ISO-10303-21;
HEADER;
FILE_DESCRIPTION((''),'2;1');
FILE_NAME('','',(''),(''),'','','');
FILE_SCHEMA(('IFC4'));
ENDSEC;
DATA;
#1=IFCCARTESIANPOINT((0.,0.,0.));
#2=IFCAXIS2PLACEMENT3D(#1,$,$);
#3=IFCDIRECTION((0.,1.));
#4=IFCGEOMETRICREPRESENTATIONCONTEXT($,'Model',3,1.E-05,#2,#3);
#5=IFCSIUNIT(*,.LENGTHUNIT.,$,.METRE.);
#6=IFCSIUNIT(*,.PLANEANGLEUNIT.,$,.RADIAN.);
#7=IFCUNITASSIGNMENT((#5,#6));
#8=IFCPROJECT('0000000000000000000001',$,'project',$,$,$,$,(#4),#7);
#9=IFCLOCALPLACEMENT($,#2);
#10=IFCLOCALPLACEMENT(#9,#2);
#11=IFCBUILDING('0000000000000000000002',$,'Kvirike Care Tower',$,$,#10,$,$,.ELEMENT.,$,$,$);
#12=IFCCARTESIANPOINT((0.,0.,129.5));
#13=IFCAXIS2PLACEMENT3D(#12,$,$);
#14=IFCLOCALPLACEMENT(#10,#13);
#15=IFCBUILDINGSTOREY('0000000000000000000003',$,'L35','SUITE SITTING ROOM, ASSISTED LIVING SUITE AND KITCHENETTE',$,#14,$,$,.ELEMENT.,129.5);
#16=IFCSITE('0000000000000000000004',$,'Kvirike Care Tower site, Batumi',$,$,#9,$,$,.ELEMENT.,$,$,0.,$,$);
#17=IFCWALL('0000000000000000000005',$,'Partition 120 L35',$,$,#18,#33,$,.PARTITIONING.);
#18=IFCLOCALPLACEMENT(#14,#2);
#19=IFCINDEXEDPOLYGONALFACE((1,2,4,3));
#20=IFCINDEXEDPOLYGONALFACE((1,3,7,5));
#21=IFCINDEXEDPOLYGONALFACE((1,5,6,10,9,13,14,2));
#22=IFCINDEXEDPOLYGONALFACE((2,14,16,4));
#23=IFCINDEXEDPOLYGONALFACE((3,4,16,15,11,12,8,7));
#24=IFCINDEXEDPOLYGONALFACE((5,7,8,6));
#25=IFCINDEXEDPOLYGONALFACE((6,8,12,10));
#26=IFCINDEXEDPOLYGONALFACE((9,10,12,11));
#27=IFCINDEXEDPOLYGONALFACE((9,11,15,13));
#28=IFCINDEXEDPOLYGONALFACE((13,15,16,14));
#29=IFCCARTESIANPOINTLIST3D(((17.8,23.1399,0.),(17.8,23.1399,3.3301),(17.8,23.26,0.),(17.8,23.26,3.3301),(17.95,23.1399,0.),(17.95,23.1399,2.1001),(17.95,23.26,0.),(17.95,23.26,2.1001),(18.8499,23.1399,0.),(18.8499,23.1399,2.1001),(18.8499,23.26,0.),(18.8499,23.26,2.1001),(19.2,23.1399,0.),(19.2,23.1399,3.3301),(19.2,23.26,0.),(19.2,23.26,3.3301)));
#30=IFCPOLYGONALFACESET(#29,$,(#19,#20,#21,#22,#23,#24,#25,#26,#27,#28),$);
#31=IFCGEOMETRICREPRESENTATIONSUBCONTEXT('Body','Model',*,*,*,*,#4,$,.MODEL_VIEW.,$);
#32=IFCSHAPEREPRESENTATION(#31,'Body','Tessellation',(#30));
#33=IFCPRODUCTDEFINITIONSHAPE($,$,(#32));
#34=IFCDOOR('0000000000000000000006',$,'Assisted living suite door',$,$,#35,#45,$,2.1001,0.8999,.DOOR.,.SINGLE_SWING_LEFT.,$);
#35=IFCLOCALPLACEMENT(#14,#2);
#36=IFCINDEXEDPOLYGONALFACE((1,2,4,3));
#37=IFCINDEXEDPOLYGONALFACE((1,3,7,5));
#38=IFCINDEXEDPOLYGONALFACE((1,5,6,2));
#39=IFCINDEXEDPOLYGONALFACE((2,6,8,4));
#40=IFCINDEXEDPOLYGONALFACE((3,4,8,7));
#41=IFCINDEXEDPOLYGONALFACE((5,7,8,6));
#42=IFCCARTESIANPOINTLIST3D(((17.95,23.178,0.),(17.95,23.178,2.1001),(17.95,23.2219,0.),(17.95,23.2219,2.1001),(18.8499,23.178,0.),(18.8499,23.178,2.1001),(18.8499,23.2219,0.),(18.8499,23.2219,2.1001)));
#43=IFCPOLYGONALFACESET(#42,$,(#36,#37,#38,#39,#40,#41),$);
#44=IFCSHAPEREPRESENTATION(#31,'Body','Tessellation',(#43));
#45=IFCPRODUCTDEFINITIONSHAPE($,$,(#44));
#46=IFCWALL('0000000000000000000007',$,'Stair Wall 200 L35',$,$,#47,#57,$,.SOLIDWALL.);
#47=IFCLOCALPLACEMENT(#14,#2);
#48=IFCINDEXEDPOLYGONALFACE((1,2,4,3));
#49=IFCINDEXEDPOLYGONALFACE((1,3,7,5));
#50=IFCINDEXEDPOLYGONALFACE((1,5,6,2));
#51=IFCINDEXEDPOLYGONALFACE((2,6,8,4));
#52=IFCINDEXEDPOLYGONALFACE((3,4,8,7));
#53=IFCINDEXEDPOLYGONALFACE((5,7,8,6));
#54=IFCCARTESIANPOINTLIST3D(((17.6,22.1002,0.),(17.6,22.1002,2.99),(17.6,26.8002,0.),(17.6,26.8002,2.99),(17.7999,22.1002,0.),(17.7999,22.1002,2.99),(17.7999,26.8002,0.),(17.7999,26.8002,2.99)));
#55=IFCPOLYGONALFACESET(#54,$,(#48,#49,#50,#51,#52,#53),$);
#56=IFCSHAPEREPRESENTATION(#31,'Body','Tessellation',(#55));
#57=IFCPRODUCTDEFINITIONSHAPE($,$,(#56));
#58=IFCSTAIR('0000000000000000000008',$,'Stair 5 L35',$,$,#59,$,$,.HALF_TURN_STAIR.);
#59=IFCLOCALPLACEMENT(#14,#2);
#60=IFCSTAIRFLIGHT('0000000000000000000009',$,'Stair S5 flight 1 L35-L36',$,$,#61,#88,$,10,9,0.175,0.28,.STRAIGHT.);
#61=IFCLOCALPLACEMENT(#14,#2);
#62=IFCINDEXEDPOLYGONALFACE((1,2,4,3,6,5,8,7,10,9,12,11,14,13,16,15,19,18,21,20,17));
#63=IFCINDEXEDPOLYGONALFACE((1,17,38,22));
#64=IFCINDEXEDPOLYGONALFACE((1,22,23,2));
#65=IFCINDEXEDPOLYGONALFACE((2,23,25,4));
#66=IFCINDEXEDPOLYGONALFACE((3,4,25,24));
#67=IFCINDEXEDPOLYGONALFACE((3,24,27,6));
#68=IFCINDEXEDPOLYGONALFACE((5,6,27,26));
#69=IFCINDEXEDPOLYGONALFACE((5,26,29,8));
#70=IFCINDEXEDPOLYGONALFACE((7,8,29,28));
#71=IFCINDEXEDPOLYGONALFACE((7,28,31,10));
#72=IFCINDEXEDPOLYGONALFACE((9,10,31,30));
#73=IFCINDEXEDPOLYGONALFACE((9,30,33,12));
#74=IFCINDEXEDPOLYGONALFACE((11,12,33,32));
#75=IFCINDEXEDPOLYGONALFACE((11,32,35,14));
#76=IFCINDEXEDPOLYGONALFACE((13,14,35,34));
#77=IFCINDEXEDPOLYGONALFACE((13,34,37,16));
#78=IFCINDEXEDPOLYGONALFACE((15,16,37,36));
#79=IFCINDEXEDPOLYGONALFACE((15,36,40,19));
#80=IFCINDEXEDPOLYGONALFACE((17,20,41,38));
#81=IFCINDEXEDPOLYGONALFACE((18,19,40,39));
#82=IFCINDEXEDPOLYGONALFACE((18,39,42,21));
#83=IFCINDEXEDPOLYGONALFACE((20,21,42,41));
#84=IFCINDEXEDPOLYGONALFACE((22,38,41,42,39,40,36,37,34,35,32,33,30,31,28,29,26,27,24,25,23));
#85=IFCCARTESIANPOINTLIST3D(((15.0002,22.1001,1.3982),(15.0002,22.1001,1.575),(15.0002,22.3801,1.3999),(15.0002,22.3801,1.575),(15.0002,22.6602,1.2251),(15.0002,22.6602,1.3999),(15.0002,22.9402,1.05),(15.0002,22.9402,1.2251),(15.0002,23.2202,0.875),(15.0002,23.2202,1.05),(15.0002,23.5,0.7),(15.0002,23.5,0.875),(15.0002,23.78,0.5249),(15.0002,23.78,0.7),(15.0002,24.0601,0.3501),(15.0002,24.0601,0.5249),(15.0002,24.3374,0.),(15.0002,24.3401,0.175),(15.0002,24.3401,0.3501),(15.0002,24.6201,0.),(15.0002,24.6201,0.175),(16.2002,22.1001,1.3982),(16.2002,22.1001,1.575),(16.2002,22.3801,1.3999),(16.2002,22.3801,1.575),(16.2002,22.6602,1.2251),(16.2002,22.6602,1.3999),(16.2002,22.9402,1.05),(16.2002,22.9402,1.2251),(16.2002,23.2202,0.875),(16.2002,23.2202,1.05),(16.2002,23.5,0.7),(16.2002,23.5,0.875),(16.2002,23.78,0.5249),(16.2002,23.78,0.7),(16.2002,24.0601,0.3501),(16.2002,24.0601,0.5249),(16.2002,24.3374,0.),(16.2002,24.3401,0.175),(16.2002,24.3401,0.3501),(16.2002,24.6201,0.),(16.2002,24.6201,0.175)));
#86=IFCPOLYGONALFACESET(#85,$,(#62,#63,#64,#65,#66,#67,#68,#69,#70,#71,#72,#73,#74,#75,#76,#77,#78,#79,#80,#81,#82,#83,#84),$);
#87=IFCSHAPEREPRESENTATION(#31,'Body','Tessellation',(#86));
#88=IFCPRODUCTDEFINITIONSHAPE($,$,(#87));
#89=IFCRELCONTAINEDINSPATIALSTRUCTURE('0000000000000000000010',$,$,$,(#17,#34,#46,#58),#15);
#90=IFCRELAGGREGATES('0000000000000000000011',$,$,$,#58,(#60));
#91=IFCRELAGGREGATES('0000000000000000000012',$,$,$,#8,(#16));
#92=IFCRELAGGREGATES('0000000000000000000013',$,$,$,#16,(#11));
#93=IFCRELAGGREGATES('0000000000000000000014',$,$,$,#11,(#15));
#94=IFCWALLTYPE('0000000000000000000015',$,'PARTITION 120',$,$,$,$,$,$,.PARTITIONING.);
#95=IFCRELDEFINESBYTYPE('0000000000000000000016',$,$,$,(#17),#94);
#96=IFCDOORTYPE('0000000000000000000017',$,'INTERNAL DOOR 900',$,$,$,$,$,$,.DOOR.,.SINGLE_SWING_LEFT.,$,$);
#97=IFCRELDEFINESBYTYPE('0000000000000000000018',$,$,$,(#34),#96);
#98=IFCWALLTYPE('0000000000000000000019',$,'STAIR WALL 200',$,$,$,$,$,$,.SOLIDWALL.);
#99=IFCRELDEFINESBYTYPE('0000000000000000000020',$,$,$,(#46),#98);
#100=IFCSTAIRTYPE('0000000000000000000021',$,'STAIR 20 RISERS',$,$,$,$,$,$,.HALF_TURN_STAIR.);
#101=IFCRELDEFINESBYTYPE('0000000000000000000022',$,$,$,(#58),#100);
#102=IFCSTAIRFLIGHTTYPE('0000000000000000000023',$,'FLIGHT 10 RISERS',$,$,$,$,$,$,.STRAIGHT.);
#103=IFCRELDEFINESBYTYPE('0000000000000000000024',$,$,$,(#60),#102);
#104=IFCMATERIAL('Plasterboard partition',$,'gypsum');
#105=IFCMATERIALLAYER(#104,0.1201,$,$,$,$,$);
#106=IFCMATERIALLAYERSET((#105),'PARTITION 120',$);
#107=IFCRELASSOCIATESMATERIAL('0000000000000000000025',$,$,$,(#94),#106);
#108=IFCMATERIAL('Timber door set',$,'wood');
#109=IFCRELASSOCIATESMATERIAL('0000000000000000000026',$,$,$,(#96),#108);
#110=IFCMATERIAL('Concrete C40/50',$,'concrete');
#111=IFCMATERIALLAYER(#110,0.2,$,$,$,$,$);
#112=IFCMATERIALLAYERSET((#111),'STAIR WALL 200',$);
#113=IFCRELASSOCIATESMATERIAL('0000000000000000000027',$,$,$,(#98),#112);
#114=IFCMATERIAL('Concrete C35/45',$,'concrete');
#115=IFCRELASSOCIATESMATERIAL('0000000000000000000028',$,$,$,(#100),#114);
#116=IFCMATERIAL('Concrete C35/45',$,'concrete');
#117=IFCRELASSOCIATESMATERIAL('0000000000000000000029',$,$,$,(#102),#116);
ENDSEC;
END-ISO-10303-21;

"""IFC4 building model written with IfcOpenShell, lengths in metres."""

from ifc_helpers import new_model, si_unit, direction, frame, frame_2d, origin, place, context, subcontext, project, spatial, polyline, rectangle, outline, extrude, material, layer, layer_set, type_object, element, fill, aggregate, save


model = new_model("IFC4")

# Units and contexts
model_context = context("Model", 3, precision=1e-05, world=origin(), true_north=direction((0.0, 1.0)))
body_context = subcontext(model_context, "Body", "Model", "MODEL_VIEW")
ifc_project = project(units=[si_unit("LENGTHUNIT", "METRE"), si_unit("PLANEANGLEUNIT", "RADIAN")], contexts=[model_context])

# Site, building, storey
site_placement = place(None, origin())
site = spatial("IfcSite", under=ifc_project, at=site_placement, Name="Kvirike Care Tower site, Batumi", CompositionType="ELEMENT", RefElevation=0.0)
building_placement = place(site_placement, origin())
building = spatial("IfcBuilding", under=site, at=building_placement, Name="Kvirike Care Tower", CompositionType="ELEMENT")
storey_placement = place(building_placement, frame((0.0, 0.0, 129.5)))
storey = spatial("IfcBuildingStorey", under=building, at=storey_placement, Name="L35", Description="SUITE SITTING ROOM, ASSISTED LIVING SUITE AND KITCHENETTE", CompositionType="ELEMENT", Elevation=129.5)

# Wall, opening, door
ifc_material_1 = material(Name="Plasterboard partition", Category="gypsum")
ifc_layer_1 = layer(ifc_material_1, 0.1201)
ifc_layer_set_1 = layer_set([ifc_layer_1], Name="PARTITION 120")
wall_type_1 = type_object("IfcWallType", Name="PARTITION 120", PredefinedType="PARTITIONING", material=ifc_layer_set_1)
wall_1_placement = place(storey_placement, frame((17.8, 23.2, 0.0), z_axis=(0.0, 0.0, 1.0), x_axis=(1.0, 0.0, 0.0)))
wall_1 = element("IfcWall", 1, at=wall_1_placement, inside=storey, type_object=wall_type_1, Name="Partition 120 L35", PredefinedType="PARTITIONING", context=body_context, shape_type="SweptSolid", body=[
    extrude(rectangle(XDim=1.3999, YDim=0.1201, at=frame_2d((0.7, 0.0))), origin(), (0.0, 0.0, 1.0), 3.3301),
])
opening_1_placement = place(wall_1_placement, frame((0.1499, 0.0, 0.0)))
opening_1 = element("IfcOpeningElement", 2, at=opening_1_placement, cuts=wall_1, PredefinedType="OPENING", context=body_context, shape_type="SweptSolid", body=[
    extrude(rectangle(XDim=0.8999, YDim=2.1001, at=frame_2d((0.45, 1.05))), frame((0.0, 0.0706, 0.0), z_axis=(0.0, -1.0, 0.0), x_axis=(1.0, 0.0, 0.0)), (0.0, 0.0, 1.0), 0.1411),
])
ifc_material_2 = material(Name="Timber door set", Category="wood")
door_type_1 = type_object("IfcDoorType", Name="INTERNAL DOOR 900", OperationType="SINGLE_SWING_LEFT", PredefinedType="DOOR", material=ifc_material_2)
door_1_placement = place(opening_1_placement, frame((0.8999, 0.0, 0.0), z_axis=(0.0, 0.0, 1.0), x_axis=(-1.0, 0.0, 0.0)))
door_1 = element("IfcDoor", 3, at=door_1_placement, inside=storey, type_object=door_type_1, Name="Assisted living suite door", OperationType="SINGLE_SWING_LEFT", OverallHeight=2.1001, OverallWidth=0.8999, PredefinedType="DOOR", context=body_context, shape_type="SweptSolid", body=[
    extrude(rectangle(XDim=0.8999, YDim=2.1001, at=frame_2d((0.45, 1.05))), frame((0.0, 0.022, 0.0), z_axis=(0.0, -1.0, 0.0), x_axis=(1.0, 0.0, 0.0)), (0.0, 0.0, 1.0), 0.0439),
])
fill(opening_1, door_1)

# Wall
ifc_material_3 = material(Name="Concrete C40/50", Category="concrete")
ifc_layer_2 = layer(ifc_material_3, 0.2)
ifc_layer_set_2 = layer_set([ifc_layer_2], Name="STAIR WALL 200")
wall_type_2 = type_object("IfcWallType", Name="STAIR WALL 200", PredefinedType="SOLIDWALL", material=ifc_layer_set_2)
wall_2_placement = place(storey_placement, frame((17.7, 22.1001, 0.0), z_axis=(0.0, 0.0, 1.0), x_axis=(0.0, 1.0, 0.0)))
element("IfcWall", 4, at=wall_2_placement, inside=storey, type_object=wall_type_2, Name="Stair Wall 200 L35", PredefinedType="SOLIDWALL", context=body_context, shape_type="SweptSolid", body=[
    extrude(rectangle(XDim=4.7, YDim=0.2, at=frame_2d((2.3501, 0.0))), origin(), (0.0, 0.0, 1.0), 2.99),
])

# Stair, stair flight
ifc_material_4 = material(Name="Concrete C35/45", Category="concrete")
stair_type = type_object("IfcStairType", Name="STAIR 20 RISERS", PredefinedType="HALF_TURN_STAIR", material=ifc_material_4)
stair_placement = place(storey_placement, origin())
stair = element("IfcStair", 5, at=stair_placement, inside=storey, type_object=stair_type, Name="Stair 5 L35", PredefinedType="HALF_TURN_STAIR")
ifc_material_5 = material(Name="Concrete C35/45", Category="concrete")
stair_flight_type = type_object("IfcStairFlightType", Name="FLIGHT 10 RISERS", PredefinedType="STRAIGHT", material=ifc_material_5)
stair_flight_placement = place(storey_placement, frame((15.6001, 24.6201, 0.0), z_axis=(0.0, 0.0, 1.0), x_axis=(0.0, -1.0, 0.0)))
stair_flight = element("IfcStairFlight", 6, at=stair_flight_placement, type_object=stair_flight_type, Name="Stair S5 flight 1 L35-L36", NumberOfRisers=10, NumberOfTreads=9, PredefinedType="STRAIGHT", RiserHeight=0.175, TreadLength=0.28, context=body_context, shape_type="SweptSolid", body=[
    extrude(outline(polyline([(0.0, 0.0), (0.0, 0.175), (0.28, 0.175), (0.28, 0.3501), (0.5601, 0.3501), (0.5601, 0.5249), (0.8401, 0.5249), (0.8401, 0.7), (1.1201, 0.7), (1.1201, 0.875), (1.3999, 0.875), (1.3999, 1.05), (1.6799, 1.05), (1.6799, 1.2251), (1.96, 1.2251), (1.96, 1.3999), (2.24, 1.3999), (2.24, 1.575), (2.52, 1.575), (2.52, 1.75), (2.52, 1.3982), (0.2827, 0.0), (0.0, 0.0)])), frame((0.0, 0.6001, 0.0), z_axis=(0.0, -1.0, 0.0), x_axis=(1.0, 0.0, 0.0)), (0.0, 0.0, 1.0), 1.2),
])
aggregate(stair, [stair_flight])

save(model, "model.ifc")
